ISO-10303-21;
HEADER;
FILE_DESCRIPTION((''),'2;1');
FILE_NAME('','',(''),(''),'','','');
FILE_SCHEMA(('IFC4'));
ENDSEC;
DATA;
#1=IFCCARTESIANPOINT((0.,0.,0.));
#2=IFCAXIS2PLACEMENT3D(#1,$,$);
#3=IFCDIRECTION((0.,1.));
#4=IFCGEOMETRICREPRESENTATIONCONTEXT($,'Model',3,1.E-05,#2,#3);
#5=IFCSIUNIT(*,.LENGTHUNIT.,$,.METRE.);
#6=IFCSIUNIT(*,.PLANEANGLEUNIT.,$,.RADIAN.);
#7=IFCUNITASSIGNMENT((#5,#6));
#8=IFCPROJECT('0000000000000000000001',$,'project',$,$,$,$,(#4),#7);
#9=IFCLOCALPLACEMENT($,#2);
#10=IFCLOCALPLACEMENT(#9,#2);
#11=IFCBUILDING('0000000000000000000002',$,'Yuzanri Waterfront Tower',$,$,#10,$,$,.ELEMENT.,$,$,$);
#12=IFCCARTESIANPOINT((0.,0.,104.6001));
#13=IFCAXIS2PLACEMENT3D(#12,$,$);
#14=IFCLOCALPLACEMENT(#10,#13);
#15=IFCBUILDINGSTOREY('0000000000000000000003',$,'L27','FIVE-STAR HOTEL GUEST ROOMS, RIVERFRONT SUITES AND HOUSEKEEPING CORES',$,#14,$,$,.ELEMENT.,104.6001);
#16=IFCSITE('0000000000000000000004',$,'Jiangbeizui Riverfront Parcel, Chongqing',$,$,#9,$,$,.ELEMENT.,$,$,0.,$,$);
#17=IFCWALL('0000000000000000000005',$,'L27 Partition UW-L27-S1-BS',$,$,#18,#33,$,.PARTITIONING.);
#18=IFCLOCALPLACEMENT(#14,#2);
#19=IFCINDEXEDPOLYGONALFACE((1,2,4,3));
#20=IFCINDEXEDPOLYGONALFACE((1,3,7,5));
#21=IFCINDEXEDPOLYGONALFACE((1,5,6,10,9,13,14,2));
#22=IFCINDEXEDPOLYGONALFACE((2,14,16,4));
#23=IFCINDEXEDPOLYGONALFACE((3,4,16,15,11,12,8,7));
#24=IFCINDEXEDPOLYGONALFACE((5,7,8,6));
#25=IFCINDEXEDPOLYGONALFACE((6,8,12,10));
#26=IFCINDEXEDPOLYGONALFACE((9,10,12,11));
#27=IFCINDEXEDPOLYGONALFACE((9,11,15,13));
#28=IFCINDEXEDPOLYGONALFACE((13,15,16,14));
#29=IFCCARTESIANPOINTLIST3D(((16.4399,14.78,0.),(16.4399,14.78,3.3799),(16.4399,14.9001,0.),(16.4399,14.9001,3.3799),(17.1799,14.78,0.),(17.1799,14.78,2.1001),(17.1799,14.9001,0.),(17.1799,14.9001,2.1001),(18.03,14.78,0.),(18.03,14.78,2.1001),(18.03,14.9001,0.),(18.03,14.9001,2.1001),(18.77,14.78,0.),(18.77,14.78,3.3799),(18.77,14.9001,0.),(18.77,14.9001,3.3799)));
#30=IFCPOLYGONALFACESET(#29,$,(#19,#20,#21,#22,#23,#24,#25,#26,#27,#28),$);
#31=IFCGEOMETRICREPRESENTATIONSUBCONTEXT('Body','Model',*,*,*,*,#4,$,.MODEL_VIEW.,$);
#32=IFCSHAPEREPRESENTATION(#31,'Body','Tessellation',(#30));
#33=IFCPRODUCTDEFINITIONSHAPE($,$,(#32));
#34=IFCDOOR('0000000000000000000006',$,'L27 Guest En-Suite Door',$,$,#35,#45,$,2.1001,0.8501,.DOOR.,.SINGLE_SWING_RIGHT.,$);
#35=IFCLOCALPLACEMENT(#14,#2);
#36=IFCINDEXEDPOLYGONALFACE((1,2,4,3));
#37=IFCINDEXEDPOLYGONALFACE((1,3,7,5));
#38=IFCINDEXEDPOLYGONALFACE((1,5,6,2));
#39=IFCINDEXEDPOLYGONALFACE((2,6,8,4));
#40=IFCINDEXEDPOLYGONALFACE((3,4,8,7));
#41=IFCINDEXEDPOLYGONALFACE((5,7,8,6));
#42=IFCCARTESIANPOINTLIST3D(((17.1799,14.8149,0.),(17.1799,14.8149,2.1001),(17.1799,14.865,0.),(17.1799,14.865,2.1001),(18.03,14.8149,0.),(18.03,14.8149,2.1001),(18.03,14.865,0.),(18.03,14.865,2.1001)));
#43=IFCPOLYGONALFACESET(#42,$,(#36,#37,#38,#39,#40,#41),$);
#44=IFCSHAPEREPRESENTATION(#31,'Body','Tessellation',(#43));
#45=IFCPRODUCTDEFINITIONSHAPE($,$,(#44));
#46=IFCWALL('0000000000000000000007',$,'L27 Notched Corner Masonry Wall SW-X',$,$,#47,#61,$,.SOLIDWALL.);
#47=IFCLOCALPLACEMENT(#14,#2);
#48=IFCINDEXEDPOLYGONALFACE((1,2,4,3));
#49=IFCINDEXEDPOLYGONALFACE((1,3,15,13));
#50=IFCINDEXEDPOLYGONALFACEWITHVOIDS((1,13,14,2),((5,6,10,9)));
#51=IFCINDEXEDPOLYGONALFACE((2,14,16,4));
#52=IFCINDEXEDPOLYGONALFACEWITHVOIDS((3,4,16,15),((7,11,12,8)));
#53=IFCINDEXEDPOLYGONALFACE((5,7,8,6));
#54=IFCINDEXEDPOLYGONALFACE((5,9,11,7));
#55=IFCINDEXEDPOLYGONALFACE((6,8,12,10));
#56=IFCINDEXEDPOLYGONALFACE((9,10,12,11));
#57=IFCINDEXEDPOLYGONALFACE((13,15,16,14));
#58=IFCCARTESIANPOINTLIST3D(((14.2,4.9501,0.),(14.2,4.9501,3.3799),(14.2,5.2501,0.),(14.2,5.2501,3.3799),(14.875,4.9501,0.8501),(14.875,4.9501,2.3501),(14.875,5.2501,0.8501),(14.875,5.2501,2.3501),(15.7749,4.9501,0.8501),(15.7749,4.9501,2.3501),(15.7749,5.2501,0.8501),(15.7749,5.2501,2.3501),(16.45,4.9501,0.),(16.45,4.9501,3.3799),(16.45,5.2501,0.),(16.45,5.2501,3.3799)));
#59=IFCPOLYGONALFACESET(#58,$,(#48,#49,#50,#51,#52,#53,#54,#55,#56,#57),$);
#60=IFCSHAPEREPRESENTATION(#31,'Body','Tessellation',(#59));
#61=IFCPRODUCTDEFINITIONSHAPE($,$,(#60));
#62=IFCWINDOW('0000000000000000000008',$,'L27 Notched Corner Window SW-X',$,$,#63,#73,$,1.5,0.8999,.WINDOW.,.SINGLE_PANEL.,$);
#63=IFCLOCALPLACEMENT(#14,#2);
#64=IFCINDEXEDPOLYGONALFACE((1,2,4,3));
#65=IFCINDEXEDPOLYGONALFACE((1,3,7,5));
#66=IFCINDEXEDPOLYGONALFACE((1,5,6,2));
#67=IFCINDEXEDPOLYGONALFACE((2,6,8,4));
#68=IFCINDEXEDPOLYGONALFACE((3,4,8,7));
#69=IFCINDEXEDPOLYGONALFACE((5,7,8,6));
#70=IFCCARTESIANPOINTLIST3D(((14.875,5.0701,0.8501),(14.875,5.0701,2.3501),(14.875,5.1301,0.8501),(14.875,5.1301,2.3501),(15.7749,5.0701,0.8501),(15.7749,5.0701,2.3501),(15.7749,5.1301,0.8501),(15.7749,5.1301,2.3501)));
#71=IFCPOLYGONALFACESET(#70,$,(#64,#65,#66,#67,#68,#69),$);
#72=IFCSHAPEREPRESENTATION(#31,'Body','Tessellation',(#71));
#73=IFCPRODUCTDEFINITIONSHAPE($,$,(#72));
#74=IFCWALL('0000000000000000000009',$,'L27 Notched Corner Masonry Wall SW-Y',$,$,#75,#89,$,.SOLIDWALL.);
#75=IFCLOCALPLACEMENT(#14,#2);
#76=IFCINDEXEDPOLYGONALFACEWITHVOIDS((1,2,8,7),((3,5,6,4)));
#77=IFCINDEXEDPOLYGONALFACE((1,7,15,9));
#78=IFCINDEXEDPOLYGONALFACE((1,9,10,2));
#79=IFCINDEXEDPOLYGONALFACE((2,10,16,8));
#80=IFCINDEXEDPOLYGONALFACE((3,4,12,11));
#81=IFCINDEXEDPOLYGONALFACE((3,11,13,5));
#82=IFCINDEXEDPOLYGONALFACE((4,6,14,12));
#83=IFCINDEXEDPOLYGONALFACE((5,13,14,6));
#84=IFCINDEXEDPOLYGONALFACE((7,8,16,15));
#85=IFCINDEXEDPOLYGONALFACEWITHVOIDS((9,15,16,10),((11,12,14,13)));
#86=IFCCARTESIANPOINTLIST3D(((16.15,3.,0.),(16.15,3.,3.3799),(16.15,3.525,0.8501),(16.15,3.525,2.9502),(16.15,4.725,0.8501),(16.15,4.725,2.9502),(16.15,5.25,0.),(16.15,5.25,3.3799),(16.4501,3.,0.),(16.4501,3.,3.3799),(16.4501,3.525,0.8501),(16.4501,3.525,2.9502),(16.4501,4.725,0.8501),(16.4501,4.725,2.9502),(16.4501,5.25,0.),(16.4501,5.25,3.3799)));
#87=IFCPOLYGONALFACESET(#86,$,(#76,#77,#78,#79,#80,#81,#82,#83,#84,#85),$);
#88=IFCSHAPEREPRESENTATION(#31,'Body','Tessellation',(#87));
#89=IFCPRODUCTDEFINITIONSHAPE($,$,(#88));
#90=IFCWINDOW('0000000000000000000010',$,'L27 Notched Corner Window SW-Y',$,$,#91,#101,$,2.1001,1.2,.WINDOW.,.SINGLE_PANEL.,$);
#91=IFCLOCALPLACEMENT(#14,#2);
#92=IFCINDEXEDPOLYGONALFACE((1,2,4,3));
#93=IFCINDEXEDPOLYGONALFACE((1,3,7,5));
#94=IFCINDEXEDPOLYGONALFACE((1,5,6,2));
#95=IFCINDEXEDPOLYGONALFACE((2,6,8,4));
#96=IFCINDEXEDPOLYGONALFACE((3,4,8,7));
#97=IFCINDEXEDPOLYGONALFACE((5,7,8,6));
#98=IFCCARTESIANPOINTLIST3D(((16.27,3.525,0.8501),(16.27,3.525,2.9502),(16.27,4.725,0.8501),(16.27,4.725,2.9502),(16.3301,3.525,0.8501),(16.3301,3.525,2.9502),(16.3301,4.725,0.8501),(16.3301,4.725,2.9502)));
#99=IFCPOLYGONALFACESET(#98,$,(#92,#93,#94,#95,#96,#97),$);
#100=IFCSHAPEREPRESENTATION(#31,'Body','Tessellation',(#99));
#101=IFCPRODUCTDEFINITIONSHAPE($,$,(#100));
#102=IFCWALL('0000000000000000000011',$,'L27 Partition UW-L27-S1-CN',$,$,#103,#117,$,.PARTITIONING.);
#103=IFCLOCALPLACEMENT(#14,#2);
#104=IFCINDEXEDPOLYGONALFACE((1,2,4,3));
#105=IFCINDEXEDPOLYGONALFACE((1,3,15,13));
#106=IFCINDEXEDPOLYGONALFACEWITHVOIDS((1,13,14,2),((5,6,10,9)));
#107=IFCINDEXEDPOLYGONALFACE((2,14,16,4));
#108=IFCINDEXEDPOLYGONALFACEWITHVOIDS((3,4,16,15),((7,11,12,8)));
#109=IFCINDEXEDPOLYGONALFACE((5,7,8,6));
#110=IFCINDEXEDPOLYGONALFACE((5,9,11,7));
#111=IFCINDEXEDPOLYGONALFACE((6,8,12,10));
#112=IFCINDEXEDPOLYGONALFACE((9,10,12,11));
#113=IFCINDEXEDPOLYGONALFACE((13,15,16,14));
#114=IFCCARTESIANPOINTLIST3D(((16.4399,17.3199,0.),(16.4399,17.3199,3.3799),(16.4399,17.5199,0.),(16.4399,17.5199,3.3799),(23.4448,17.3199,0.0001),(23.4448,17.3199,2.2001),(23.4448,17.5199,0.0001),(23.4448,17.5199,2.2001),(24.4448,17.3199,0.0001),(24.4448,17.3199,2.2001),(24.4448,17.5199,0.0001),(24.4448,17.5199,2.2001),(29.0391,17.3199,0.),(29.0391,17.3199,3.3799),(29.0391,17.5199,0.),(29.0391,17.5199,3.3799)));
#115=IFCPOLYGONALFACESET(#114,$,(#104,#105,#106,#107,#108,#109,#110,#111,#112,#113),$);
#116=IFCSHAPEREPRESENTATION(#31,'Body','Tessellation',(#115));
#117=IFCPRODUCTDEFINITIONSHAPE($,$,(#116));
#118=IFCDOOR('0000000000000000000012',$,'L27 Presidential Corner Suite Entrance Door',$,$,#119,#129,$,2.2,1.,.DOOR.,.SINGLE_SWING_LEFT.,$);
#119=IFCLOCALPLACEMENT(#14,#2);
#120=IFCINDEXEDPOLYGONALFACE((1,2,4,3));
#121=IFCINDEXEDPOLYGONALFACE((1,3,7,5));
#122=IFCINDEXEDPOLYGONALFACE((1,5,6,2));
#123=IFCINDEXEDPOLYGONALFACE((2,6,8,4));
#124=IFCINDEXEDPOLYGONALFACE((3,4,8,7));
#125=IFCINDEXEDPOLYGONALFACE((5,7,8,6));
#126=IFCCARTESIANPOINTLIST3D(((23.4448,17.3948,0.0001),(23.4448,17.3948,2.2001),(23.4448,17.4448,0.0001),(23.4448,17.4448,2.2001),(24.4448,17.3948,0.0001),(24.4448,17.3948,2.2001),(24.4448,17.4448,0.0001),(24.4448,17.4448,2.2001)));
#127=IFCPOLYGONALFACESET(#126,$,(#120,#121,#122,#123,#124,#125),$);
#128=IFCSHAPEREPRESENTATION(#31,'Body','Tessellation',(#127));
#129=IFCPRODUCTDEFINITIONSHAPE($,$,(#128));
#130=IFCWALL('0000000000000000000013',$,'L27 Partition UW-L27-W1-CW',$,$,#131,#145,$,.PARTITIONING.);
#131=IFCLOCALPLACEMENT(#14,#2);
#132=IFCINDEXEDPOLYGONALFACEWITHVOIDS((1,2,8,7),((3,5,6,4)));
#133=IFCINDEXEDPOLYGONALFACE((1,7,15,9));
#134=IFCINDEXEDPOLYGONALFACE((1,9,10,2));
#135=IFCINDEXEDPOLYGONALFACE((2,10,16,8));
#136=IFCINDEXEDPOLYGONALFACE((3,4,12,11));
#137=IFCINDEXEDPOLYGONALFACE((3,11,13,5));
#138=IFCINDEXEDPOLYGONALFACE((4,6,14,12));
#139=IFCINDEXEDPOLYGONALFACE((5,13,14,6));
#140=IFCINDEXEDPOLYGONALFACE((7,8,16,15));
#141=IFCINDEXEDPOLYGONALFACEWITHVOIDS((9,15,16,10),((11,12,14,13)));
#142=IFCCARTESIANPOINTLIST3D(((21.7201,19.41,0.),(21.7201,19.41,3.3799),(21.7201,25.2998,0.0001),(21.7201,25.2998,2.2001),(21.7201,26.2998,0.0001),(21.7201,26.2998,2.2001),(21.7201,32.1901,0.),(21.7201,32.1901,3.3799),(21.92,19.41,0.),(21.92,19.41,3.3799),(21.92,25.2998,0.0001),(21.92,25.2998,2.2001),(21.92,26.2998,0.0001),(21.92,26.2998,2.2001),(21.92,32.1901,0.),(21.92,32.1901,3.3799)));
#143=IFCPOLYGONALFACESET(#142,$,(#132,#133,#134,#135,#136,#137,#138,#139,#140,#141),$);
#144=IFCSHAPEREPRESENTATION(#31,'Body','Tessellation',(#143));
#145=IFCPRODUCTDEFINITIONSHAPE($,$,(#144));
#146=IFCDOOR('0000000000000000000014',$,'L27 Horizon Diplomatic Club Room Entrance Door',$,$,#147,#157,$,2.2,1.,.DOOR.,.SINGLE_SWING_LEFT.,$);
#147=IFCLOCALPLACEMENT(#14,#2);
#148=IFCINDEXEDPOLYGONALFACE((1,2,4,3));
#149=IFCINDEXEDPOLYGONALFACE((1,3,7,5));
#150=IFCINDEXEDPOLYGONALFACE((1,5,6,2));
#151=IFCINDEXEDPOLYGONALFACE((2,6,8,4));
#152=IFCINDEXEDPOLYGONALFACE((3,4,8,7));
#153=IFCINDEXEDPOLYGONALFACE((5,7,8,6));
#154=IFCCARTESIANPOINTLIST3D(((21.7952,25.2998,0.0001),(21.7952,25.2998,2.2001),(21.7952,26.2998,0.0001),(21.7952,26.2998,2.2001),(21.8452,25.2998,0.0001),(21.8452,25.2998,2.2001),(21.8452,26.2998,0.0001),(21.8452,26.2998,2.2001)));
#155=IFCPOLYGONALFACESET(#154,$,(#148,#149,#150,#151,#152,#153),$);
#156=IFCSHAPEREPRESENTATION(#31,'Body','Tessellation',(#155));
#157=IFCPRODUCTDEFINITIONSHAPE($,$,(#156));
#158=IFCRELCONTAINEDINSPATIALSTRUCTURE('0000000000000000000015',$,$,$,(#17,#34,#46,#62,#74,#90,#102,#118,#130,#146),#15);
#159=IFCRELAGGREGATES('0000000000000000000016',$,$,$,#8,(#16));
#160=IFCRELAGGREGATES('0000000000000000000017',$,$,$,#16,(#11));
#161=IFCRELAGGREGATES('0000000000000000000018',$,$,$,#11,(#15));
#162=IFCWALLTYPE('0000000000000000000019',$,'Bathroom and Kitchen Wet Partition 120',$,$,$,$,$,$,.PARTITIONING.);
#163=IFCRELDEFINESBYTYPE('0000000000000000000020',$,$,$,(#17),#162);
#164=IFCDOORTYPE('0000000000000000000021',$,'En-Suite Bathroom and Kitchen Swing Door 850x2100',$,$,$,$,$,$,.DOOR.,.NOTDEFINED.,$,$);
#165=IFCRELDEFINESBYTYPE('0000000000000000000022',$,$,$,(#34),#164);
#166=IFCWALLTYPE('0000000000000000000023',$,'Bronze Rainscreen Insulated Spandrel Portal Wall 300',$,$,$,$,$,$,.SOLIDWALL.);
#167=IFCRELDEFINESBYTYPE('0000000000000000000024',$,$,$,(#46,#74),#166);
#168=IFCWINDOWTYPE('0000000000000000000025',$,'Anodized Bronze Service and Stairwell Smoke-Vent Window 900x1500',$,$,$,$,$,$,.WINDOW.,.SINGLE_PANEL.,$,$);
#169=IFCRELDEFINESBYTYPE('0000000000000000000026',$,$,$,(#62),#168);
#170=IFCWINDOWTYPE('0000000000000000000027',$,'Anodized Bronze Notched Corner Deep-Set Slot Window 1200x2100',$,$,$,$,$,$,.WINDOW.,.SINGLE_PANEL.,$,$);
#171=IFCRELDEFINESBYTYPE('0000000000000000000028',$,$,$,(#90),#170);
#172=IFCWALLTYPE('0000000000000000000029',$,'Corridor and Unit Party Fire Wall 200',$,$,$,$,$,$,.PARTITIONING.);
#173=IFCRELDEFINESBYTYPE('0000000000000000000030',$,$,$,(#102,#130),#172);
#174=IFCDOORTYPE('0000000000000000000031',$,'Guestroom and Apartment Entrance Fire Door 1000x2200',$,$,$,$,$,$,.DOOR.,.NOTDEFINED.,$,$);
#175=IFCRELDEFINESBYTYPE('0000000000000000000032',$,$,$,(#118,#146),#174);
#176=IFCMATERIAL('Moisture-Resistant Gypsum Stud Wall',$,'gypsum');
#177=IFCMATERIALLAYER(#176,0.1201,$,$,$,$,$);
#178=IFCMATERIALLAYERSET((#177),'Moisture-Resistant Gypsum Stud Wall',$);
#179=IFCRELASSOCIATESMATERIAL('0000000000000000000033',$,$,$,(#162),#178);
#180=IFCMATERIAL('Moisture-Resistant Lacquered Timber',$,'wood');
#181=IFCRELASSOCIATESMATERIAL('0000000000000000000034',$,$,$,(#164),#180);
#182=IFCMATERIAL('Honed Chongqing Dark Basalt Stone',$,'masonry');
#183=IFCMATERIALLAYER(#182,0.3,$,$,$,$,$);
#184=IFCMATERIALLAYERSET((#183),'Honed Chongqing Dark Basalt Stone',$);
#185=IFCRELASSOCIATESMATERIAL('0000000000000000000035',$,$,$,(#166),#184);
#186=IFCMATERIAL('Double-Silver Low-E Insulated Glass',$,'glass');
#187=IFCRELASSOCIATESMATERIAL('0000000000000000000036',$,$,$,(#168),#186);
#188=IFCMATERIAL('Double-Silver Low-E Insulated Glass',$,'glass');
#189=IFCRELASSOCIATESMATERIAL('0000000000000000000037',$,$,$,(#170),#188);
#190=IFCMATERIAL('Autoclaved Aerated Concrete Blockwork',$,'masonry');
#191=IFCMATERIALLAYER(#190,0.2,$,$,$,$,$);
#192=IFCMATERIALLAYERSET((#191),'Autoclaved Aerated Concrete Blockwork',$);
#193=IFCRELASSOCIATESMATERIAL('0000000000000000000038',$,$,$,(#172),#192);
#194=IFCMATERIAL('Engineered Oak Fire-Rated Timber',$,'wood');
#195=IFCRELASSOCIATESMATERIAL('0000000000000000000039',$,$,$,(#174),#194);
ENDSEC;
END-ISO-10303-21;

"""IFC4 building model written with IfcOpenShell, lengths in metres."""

from ifc_helpers import new_model, si_unit, direction, frame, frame_2d, origin, place, context, subcontext, project, spatial, rectangle, extrude, source, transform, mapped, material, layer, layer_set, type_object, element, fill, save


model = new_model("IFC4")

# Units and contexts
model_context = context("Model", 3, precision=1e-05, world=origin(), true_north=direction((0.0, 1.0)))
body_context = subcontext(model_context, "Body", "Model", "MODEL_VIEW")
ifc_project = project(units=[si_unit("LENGTHUNIT", "METRE"), si_unit("PLANEANGLEUNIT", "RADIAN")], contexts=[model_context])

# Site, building, storey
site_placement = place(None, origin())
site = spatial("IfcSite", under=ifc_project, at=site_placement, Name="Jiangbeizui Riverfront Parcel, Chongqing", CompositionType="ELEMENT", RefElevation=0.0)
building_placement = place(site_placement, origin())
building = spatial("IfcBuilding", under=site, at=building_placement, Name="Yuzanri Waterfront Tower", CompositionType="ELEMENT")
storey_placement = place(building_placement, frame((0.0, 0.0, 104.6001)))
storey = spatial("IfcBuildingStorey", under=building, at=storey_placement, Name="L27", Description="FIVE-STAR HOTEL GUEST ROOMS, RIVERFRONT SUITES AND HOUSEKEEPING CORES", CompositionType="ELEMENT", Elevation=104.6001)

# Wall, opening, door
ifc_material_1 = material(Name="Moisture-Resistant Gypsum Stud Wall", Category="gypsum")
ifc_layer_1 = layer(ifc_material_1, 0.1201)
ifc_layer_set_1 = layer_set([ifc_layer_1], Name="Moisture-Resistant Gypsum Stud Wall")
wall_type_1 = type_object("IfcWallType", Name="Bathroom and Kitchen Wet Partition 120", PredefinedType="PARTITIONING", material=ifc_layer_set_1)
wall_1_placement = place(storey_placement, frame((16.4399, 14.8401, 0.0), z_axis=(0.0, 0.0, 1.0), x_axis=(1.0, 0.0, 0.0)))
wall_1 = element("IfcWall", 1, at=wall_1_placement, inside=storey, type_object=wall_type_1, Name="L27 Partition UW-L27-S1-BS", PredefinedType="PARTITIONING", context=body_context, shape_type="SweptSolid", body=[
    extrude(rectangle(XDim=2.3301, YDim=0.1201, at=frame_2d((1.165, 0.0))), origin(), (0.0, 0.0, 1.0), 3.3799),
])
opening_1_placement = place(wall_1_placement, frame((0.74, 0.0, 0.0)))
opening_1 = element("IfcOpeningElement", 2, at=opening_1_placement, cuts=wall_1, PredefinedType="OPENING", context=body_context, shape_type="SweptSolid", body=[
    extrude(rectangle(XDim=0.8501, YDim=2.1001, at=frame_2d((0.425, 1.05))), frame((0.0, 0.075, 0.0), z_axis=(0.0, -1.0, 0.0), x_axis=(1.0, 0.0, 0.0)), (0.0, 0.0, 1.0), 0.1499),
])
ifc_material_2 = material(Name="Moisture-Resistant Lacquered Timber", Category="wood")
door_type_1 = type_object("IfcDoorType", Name="En-Suite Bathroom and Kitchen Swing Door 850x2100", OperationType="NOTDEFINED", PredefinedType="DOOR", material=ifc_material_2)
shared_shape_1 = source(origin(), body_context, "Body", "SweptSolid", [
    extrude(rectangle(XDim=0.8501, YDim=2.1001, at=frame_2d((0.425, 1.05))), frame((0.0, 0.0249, 0.0), z_axis=(0.0, -1.0, 0.0), x_axis=(1.0, 0.0, 0.0)), (0.0, 0.0, 1.0), 0.05),
])
door_1_placement = place(opening_1_placement, origin())
door_1 = element("IfcDoor", 3, at=door_1_placement, inside=storey, type_object=door_type_1, Name="L27 Guest En-Suite Door", OperationType="SINGLE_SWING_RIGHT", OverallHeight=2.1001, OverallWidth=0.8501, PredefinedType="DOOR", context=body_context, shape_type="MappedRepresentation", body=[
    mapped(shared_shape_1, transform((0.0, 0.0, 0.0), scale=1.0)),
])
fill(opening_1, door_1)

# Walls, openings, windows
ifc_material_3 = material(Name="Honed Chongqing Dark Basalt Stone", Category="masonry")
ifc_layer_2 = layer(ifc_material_3, 0.3)
ifc_layer_set_2 = layer_set([ifc_layer_2], Name="Honed Chongqing Dark Basalt Stone")
wall_type_2 = type_object("IfcWallType", Name="Bronze Rainscreen Insulated Spandrel Portal Wall 300", PredefinedType="SOLIDWALL", material=ifc_layer_set_2)
wall_2_placement = place(storey_placement, frame((14.2, 5.1001, 0.0), z_axis=(0.0, 0.0, 1.0), x_axis=(1.0, 0.0, 0.0)))
wall_2 = element("IfcWall", 4, at=wall_2_placement, inside=storey, type_object=wall_type_2, Name="L27 Notched Corner Masonry Wall SW-X", PredefinedType="SOLIDWALL", context=body_context, shape_type="SweptSolid", body=[
    extrude(rectangle(XDim=2.25, YDim=0.3, at=frame_2d((1.125, 0.0))), origin(), (0.0, 0.0, 1.0), 3.3799),
])
opening_2_placement = place(wall_2_placement, frame((0.675, 0.0, 0.8501)))
opening_2 = element("IfcOpeningElement", 5, at=opening_2_placement, cuts=wall_2, PredefinedType="OPENING", context=body_context, shape_type="SweptSolid", body=[
    extrude(rectangle(XDim=0.8999, YDim=1.5, at=frame_2d((0.45, 0.75))), frame((0.0, 0.165, 0.0), z_axis=(0.0, -1.0, 0.0), x_axis=(1.0, 0.0, 0.0)), (0.0, 0.0, 1.0), 0.3298),
])
ifc_material_4 = material(Name="Double-Silver Low-E Insulated Glass", Category="glass")
window_type_1 = type_object("IfcWindowType", Name="Anodized Bronze Service and Stairwell Smoke-Vent Window 900x1500", PartitioningType="SINGLE_PANEL", PredefinedType="WINDOW", material=ifc_material_4)
shared_shape_2 = source(origin(), body_context, "Body", "SweptSolid", [
    extrude(rectangle(XDim=0.8999, YDim=1.5, at=frame_2d((0.45, 0.75))), frame((0.0, 0.03, 0.0), z_axis=(0.0, -1.0, 0.0), x_axis=(1.0, 0.0, 0.0)), (0.0, 0.0, 1.0), 0.0601),
])
window_1_placement = place(opening_2_placement, origin())
window_1 = element("IfcWindow", 6, at=window_1_placement, inside=storey, type_object=window_type_1, Name="L27 Notched Corner Window SW-X", OverallHeight=1.5, OverallWidth=0.8999, PartitioningType="SINGLE_PANEL", PredefinedType="WINDOW", context=body_context, shape_type="MappedRepresentation", body=[
    mapped(shared_shape_2, transform((0.0, 0.0, 0.0), scale=1.0)),
])
fill(opening_2, window_1)
wall_3_placement = place(storey_placement, frame((16.3, 5.25, 0.0), z_axis=(0.0, 0.0, 1.0), x_axis=(0.0, -1.0, 0.0)))
wall_3 = element("IfcWall", 7, at=wall_3_placement, inside=storey, type_object=wall_type_2, Name="L27 Notched Corner Masonry Wall SW-Y", PredefinedType="SOLIDWALL", context=body_context, shape_type="SweptSolid", body=[
    extrude(rectangle(XDim=2.25, YDim=0.3, at=frame_2d((1.125, 0.0))), origin(), (0.0, 0.0, 1.0), 3.3799),
])
opening_3_placement = place(wall_3_placement, frame((0.5249, 0.0, 0.8501)))
opening_3 = element("IfcOpeningElement", 8, at=opening_3_placement, cuts=wall_3, PredefinedType="OPENING", context=body_context, shape_type="SweptSolid", body=[
    extrude(rectangle(XDim=1.2, YDim=2.1001, at=frame_2d((0.6001, 1.05))), frame((0.0, 0.165, 0.0), z_axis=(0.0, -1.0, 0.0), x_axis=(1.0, 0.0, 0.0)), (0.0, 0.0, 1.0), 0.3298),
])
ifc_material_5 = material(Name="Double-Silver Low-E Insulated Glass", Category="glass")
window_type_2 = type_object("IfcWindowType", Name="Anodized Bronze Notched Corner Deep-Set Slot Window 1200x2100", PartitioningType="SINGLE_PANEL", PredefinedType="WINDOW", material=ifc_material_5)
shared_shape_3 = source(origin(), body_context, "Body", "SweptSolid", [
    extrude(rectangle(XDim=1.2, YDim=2.1001, at=frame_2d((0.6001, 1.05))), frame((0.0, 0.03, 0.0), z_axis=(0.0, -1.0, 0.0), x_axis=(1.0, 0.0, 0.0)), (0.0, 0.0, 1.0), 0.0601),
])
window_2_placement = place(opening_3_placement, origin())
window_2 = element("IfcWindow", 9, at=window_2_placement, inside=storey, type_object=window_type_2, Name="L27 Notched Corner Window SW-Y", OverallHeight=2.1001, OverallWidth=1.2, PartitioningType="SINGLE_PANEL", PredefinedType="WINDOW", context=body_context, shape_type="MappedRepresentation", body=[
    mapped(shared_shape_3, transform((0.0, 0.0, 0.0), scale=1.0)),
])
fill(opening_3, window_2)

# Walls, openings, doors
ifc_material_6 = material(Name="Autoclaved Aerated Concrete Blockwork", Category="masonry")
ifc_layer_3 = layer(ifc_material_6, 0.2)
ifc_layer_set_3 = layer_set([ifc_layer_3], Name="Autoclaved Aerated Concrete Blockwork")
wall_type_3 = type_object("IfcWallType", Name="Corridor and Unit Party Fire Wall 200", PredefinedType="PARTITIONING", material=ifc_layer_set_3)
wall_4_placement = place(storey_placement, frame((16.4399, 17.4199, 0.0), z_axis=(0.0, 0.0, 1.0), x_axis=(1.0, 0.0, 0.0)))
wall_4 = element("IfcWall", 10, at=wall_4_placement, inside=storey, type_object=wall_type_3, Name="L27 Partition UW-L27-S1-CN", PredefinedType="PARTITIONING", context=body_context, shape_type="SweptSolid", body=[
    extrude(rectangle(XDim=12.5991, YDim=0.2, at=frame_2d((6.2996, 0.0))), origin(), (0.0, 0.0, 1.0), 3.3799),
])
opening_4_placement = place(wall_4_placement, frame((7.0049, 0.0, 0.0)))
opening_4 = element("IfcOpeningElement", 11, at=opening_4_placement, cuts=wall_4, PredefinedType="OPENING", context=body_context, shape_type="SweptSolid", body=[
    extrude(rectangle(XDim=1.0, YDim=2.2, at=frame_2d((0.5, 1.1001))), frame((0.0, 0.1147, 0.0), z_axis=(0.0, -1.0, 0.0), x_axis=(1.0, 0.0, 0.0)), (0.0, 0.0, 1.0), 0.2297),
])
ifc_material_7 = material(Name="Engineered Oak Fire-Rated Timber", Category="wood")
door_type_2 = type_object("IfcDoorType", Name="Guestroom and Apartment Entrance Fire Door 1000x2200", OperationType="NOTDEFINED", PredefinedType="DOOR", material=ifc_material_7)
shared_shape_4 = source(origin(), body_context, "Body", "SweptSolid", [
    extrude(rectangle(XDim=1.0, YDim=2.2, at=frame_2d((0.5, 1.1001))), frame((0.0, 0.0249, 0.0), z_axis=(0.0, -1.0, 0.0), x_axis=(1.0, 0.0, 0.0)), (0.0, 0.0, 1.0), 0.05),
])
door_2_placement = place(opening_4_placement, origin())
door_2 = element("IfcDoor", 12, at=door_2_placement, inside=storey, type_object=door_type_2, Name="L27 Presidential Corner Suite Entrance Door", OperationType="SINGLE_SWING_LEFT", OverallHeight=2.2, OverallWidth=1.0, PredefinedType="DOOR", context=body_context, shape_type="MappedRepresentation", body=[
    mapped(shared_shape_4, transform((0.0, 0.0, 0.0), scale=1.0)),
])
fill(opening_4, door_2)
wall_5_placement = place(storey_placement, frame((21.8201, 19.4099, 0.0), z_axis=(0.0, 0.0, 1.0), x_axis=(0.0, 1.0, 0.0)))
wall_5 = element("IfcWall", 13, at=wall_5_placement, inside=storey, type_object=wall_type_3, Name="L27 Partition UW-L27-W1-CW", PredefinedType="PARTITIONING", context=body_context, shape_type="SweptSolid", body=[
    extrude(rectangle(XDim=12.78, YDim=0.2, at=frame_2d((6.3901, 0.0))), origin(), (0.0, 0.0, 1.0), 3.3799),
])
opening_5_placement = place(wall_5_placement, frame((5.8899, 0.0, 0.0)))
opening_5 = element("IfcOpeningElement", 14, at=opening_5_placement, cuts=wall_5, PredefinedType="OPENING", context=body_context, shape_type="SweptSolid", body=[
    extrude(rectangle(XDim=1.0, YDim=2.2, at=frame_2d((0.5, 1.1001))), frame((0.0, 0.1147, 0.0), z_axis=(0.0, -1.0, 0.0), x_axis=(1.0, 0.0, 0.0)), (0.0, 0.0, 1.0), 0.2297),
])
door_3_placement = place(opening_5_placement, origin())
door_3 = element("IfcDoor", 15, at=door_3_placement, inside=storey, type_object=door_type_2, Name="L27 Horizon Diplomatic Club Room Entrance Door", OperationType="SINGLE_SWING_LEFT", OverallHeight=2.2, OverallWidth=1.0, PredefinedType="DOOR", context=body_context, shape_type="MappedRepresentation", body=[
    mapped(shared_shape_4, transform((0.0, 0.0, 0.0), scale=1.0)),
])
fill(opening_5, door_3)

save(model, "model.ifc")
